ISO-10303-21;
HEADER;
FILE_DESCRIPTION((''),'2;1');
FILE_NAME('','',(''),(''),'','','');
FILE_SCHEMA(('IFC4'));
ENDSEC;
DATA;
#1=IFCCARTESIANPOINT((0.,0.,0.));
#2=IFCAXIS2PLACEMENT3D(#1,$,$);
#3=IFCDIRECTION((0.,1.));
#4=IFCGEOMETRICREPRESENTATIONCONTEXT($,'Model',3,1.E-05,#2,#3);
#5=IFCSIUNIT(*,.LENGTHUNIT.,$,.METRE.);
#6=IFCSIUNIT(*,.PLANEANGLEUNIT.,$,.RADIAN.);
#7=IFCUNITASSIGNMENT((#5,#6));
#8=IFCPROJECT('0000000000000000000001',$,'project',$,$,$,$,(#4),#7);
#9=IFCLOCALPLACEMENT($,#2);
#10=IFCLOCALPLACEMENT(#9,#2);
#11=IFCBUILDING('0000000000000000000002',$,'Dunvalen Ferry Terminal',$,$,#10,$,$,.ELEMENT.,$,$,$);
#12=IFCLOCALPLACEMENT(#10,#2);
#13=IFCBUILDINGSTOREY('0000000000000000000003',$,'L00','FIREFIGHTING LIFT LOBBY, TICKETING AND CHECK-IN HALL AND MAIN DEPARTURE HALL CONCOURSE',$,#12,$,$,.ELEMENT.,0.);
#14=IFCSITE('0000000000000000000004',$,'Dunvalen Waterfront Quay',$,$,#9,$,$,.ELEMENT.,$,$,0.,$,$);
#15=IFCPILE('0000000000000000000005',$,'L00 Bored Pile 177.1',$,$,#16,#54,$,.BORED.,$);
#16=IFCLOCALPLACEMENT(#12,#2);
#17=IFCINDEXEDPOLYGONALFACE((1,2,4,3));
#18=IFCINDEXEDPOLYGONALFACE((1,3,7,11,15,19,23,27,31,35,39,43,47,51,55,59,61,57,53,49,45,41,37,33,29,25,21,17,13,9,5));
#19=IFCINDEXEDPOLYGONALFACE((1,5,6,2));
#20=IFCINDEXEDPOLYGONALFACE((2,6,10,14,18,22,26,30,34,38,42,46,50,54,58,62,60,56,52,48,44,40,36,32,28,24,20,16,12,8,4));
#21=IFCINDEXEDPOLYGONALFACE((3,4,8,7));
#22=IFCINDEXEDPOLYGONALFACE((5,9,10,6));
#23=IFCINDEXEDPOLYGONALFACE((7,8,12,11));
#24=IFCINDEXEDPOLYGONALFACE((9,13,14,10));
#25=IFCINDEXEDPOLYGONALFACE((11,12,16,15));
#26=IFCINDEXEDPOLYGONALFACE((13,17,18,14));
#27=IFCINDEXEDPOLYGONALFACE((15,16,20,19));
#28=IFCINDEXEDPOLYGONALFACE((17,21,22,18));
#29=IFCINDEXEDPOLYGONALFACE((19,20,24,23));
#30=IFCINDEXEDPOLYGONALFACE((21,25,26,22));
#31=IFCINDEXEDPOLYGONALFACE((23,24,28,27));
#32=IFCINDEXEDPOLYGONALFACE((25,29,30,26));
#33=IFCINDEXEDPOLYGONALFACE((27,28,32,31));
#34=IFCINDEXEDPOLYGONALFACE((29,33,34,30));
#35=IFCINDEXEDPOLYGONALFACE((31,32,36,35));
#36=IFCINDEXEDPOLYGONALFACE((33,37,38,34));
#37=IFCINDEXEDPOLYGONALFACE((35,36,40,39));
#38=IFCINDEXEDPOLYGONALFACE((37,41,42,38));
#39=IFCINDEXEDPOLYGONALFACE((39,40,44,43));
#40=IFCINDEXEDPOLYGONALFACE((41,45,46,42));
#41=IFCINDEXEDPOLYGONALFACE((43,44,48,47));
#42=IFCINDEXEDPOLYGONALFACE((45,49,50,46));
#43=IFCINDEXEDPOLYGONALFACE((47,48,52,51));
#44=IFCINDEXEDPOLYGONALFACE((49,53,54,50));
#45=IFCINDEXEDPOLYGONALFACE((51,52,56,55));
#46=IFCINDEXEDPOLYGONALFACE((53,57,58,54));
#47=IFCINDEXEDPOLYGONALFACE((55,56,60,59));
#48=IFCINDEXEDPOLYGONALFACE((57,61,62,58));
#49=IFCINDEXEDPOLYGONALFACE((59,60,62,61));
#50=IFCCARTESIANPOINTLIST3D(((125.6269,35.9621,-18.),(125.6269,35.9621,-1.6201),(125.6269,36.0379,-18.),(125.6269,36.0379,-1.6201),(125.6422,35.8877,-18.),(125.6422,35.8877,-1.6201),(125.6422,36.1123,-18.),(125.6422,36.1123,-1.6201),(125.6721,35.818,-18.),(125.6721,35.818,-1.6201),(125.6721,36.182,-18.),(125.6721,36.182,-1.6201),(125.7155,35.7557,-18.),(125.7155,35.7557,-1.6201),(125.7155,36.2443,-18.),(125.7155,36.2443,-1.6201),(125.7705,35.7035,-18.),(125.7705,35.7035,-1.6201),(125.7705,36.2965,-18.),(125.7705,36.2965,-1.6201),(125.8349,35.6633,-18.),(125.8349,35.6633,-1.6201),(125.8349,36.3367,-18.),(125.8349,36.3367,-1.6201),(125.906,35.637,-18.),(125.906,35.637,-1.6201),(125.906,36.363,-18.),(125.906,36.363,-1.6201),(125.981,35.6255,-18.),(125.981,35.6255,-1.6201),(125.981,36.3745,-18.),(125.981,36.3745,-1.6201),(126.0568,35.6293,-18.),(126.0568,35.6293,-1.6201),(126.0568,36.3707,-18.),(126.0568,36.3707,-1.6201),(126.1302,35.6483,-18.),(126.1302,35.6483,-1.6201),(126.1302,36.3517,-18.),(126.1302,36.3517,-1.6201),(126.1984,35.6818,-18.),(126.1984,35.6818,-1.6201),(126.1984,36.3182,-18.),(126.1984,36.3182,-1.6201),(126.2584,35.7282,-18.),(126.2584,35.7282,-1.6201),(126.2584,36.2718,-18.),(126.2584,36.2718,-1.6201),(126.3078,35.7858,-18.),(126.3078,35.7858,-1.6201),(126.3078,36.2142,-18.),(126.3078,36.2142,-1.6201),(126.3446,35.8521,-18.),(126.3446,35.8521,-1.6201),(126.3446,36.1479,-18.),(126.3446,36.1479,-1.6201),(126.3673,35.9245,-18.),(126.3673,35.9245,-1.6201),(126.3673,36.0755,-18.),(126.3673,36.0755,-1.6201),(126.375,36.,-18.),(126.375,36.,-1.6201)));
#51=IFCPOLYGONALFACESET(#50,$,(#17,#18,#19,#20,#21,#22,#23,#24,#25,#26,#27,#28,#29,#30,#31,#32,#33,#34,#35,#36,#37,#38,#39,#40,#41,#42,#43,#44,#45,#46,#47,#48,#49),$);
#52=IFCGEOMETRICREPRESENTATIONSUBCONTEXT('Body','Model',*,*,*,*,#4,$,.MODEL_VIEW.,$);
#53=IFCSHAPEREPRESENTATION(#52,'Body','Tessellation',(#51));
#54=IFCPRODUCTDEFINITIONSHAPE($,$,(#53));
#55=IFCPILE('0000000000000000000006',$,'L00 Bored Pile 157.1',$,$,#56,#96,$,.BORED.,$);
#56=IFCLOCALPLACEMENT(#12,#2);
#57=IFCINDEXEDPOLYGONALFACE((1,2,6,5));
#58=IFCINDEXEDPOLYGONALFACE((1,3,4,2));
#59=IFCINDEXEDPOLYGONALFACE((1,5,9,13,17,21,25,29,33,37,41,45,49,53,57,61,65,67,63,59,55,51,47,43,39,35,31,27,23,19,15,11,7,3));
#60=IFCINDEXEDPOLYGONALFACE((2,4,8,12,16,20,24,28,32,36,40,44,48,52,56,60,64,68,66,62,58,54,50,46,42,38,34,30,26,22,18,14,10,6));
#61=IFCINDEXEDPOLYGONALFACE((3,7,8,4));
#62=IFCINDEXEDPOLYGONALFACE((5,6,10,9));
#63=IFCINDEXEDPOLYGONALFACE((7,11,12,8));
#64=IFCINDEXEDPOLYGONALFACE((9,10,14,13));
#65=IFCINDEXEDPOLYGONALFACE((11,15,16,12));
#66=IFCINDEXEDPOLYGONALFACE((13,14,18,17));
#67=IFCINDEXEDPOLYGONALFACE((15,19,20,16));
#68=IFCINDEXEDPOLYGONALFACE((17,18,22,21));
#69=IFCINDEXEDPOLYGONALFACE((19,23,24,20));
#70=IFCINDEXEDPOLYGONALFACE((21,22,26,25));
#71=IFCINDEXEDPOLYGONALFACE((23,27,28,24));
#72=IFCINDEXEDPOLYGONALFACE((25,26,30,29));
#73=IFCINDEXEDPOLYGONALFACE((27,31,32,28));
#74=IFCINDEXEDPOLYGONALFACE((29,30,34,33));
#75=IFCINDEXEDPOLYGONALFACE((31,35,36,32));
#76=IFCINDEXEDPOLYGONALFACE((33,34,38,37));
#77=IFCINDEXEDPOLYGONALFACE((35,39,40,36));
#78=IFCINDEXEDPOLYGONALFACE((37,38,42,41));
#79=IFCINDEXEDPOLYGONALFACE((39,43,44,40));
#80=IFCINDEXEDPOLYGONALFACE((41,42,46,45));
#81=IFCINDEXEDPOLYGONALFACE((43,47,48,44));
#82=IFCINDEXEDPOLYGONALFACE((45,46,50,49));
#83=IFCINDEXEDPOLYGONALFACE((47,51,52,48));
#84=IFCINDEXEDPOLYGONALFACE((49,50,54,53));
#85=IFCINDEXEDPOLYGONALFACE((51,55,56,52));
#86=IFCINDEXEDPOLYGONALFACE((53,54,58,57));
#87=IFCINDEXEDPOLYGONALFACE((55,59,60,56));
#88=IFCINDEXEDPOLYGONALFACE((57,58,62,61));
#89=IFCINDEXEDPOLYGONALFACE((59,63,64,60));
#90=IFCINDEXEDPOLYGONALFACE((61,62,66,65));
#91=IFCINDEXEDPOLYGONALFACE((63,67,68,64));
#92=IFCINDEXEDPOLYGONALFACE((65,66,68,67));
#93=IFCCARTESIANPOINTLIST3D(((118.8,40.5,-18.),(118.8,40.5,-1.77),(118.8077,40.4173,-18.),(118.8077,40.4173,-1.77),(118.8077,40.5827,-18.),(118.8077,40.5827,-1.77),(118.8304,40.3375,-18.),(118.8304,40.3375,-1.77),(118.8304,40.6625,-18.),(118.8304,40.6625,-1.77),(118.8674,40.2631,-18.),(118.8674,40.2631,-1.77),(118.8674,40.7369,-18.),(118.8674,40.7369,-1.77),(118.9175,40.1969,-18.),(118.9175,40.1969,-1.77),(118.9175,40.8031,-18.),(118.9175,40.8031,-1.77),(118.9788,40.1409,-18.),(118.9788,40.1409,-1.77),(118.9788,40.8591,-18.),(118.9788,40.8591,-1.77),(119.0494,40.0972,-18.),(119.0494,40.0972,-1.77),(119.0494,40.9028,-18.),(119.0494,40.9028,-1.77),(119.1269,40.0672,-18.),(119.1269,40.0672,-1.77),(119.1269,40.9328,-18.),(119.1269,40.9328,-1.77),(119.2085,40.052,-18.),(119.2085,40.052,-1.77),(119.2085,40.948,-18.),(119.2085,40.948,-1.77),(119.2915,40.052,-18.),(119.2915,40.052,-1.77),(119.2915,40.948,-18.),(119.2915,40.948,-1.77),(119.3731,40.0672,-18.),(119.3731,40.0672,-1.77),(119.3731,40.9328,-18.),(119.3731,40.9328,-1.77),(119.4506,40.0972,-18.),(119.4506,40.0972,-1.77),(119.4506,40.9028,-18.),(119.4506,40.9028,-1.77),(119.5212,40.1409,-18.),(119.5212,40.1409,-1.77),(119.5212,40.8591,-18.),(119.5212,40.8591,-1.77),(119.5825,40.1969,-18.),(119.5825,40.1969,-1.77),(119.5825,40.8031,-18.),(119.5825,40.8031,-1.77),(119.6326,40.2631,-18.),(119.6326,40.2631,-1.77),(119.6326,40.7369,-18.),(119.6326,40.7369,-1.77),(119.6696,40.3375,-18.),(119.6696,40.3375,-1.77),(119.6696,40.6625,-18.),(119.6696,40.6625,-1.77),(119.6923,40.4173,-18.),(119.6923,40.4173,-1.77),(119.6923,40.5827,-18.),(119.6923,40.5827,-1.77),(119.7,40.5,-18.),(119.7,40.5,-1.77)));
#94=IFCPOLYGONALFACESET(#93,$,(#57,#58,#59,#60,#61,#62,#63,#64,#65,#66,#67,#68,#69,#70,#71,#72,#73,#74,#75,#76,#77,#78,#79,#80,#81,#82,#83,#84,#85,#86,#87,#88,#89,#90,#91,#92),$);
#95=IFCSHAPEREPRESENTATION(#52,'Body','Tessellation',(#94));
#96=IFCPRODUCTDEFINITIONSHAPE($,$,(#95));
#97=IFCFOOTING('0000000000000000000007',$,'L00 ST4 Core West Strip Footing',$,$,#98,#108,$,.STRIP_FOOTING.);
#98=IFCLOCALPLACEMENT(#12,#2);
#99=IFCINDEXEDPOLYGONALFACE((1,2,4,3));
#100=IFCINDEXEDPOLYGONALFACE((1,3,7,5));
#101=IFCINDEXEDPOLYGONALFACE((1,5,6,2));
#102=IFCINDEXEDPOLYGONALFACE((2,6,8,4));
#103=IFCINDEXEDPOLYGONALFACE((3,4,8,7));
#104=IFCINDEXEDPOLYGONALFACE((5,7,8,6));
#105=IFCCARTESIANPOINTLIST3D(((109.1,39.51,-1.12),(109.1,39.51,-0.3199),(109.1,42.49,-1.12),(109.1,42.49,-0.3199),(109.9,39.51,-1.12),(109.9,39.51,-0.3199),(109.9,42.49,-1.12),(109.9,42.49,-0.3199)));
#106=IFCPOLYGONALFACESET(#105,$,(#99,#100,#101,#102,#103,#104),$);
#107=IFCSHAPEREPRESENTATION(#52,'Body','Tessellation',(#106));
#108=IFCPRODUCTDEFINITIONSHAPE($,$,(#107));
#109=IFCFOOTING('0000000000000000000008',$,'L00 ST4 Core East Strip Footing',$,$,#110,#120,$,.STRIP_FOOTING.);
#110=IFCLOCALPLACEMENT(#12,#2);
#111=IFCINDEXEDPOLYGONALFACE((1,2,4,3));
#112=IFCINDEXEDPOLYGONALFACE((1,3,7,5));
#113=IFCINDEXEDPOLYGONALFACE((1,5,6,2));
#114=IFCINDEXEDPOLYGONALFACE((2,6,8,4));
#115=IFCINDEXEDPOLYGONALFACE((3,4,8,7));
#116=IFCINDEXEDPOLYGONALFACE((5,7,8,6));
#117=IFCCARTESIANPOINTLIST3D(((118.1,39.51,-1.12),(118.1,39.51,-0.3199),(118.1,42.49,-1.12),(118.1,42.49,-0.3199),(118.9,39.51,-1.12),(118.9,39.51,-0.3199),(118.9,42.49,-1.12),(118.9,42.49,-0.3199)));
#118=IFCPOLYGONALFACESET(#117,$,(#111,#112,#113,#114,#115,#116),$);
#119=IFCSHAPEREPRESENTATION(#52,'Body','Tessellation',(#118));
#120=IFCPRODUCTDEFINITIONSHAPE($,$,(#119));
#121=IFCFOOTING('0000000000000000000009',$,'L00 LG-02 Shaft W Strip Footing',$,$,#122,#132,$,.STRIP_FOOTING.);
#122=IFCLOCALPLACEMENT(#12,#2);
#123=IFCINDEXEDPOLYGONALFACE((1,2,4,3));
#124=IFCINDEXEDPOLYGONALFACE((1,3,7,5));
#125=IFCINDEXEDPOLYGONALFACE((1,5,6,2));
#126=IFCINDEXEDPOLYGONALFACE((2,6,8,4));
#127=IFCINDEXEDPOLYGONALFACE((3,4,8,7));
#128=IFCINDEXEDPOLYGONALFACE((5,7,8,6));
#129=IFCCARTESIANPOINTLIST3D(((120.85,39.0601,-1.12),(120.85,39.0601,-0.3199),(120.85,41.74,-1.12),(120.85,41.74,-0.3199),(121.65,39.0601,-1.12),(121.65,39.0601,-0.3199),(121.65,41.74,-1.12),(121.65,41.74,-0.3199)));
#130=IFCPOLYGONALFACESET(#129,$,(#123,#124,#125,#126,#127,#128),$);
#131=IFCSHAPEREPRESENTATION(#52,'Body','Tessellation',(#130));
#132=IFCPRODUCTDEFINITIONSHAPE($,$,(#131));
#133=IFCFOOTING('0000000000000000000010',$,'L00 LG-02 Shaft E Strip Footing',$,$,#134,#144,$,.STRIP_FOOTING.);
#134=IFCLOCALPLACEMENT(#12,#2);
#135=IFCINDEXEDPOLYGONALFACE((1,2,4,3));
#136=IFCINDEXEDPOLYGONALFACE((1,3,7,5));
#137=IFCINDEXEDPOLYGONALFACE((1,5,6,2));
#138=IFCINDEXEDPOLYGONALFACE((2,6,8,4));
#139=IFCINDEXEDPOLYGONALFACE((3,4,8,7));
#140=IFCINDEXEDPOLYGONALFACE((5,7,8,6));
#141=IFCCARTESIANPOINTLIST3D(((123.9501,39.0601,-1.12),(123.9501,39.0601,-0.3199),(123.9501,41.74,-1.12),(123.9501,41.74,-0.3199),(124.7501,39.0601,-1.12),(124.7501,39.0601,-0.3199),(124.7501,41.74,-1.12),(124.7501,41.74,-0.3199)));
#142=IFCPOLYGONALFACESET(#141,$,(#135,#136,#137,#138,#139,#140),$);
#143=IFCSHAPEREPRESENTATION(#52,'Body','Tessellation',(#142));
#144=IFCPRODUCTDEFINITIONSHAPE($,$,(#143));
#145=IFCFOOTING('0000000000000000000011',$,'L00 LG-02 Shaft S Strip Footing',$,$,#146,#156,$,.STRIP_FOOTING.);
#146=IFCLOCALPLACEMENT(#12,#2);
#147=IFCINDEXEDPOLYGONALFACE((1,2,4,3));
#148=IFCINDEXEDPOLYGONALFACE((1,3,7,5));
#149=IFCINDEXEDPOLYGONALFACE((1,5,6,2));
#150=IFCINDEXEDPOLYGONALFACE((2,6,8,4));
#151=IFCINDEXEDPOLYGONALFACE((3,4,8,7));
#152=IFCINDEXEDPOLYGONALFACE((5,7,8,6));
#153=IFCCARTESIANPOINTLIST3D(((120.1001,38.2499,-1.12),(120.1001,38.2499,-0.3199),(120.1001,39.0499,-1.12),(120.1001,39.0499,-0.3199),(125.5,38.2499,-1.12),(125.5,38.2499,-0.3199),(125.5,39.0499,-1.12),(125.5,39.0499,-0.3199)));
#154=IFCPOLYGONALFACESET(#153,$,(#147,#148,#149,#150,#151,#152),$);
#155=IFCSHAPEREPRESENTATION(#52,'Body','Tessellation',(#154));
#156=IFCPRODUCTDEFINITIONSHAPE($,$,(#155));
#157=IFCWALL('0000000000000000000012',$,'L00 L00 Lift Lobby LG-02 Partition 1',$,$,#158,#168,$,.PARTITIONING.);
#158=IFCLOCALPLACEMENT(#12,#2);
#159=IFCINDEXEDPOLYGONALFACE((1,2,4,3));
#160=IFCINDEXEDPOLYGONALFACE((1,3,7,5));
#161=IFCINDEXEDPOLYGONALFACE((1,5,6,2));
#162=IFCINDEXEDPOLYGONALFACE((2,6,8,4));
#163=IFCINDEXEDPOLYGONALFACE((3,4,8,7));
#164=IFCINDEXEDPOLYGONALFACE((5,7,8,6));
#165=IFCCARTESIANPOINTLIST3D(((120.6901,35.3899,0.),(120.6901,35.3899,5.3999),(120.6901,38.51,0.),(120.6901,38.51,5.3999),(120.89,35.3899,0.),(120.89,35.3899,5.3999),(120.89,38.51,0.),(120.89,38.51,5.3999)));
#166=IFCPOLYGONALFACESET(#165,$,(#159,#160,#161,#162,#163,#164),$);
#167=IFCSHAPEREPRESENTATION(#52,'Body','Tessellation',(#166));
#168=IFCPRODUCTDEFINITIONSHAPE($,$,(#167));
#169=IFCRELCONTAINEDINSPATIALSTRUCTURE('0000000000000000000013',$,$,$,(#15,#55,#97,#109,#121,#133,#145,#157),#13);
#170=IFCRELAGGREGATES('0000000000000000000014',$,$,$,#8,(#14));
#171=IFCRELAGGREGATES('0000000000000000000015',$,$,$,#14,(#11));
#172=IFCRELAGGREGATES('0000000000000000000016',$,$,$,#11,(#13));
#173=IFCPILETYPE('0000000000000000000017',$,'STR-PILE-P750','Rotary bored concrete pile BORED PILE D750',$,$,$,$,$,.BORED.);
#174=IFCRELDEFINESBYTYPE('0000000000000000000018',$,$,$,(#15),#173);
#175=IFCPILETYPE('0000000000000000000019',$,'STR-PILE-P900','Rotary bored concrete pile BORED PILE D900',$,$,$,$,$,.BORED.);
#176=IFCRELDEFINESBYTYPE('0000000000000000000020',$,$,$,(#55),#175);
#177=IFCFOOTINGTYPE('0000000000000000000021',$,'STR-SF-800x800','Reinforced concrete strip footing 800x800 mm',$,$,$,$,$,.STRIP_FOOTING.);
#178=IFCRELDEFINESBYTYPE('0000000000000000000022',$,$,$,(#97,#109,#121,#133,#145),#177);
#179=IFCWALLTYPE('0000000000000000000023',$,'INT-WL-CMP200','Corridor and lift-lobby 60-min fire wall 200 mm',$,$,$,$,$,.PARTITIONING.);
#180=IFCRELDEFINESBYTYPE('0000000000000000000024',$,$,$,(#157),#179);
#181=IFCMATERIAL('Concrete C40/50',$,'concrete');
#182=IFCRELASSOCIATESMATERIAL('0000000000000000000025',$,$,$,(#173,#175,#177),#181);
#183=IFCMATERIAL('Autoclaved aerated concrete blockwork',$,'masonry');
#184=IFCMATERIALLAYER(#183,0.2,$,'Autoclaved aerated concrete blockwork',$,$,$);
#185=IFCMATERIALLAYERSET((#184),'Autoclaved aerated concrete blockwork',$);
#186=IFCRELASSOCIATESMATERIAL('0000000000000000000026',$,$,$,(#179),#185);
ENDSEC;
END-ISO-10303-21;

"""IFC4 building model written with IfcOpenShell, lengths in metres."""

from ifc_helpers import new_model, si_unit, direction, frame, frame_2d, origin, origin_2d, place, context, subcontext, project, spatial, rectangle, circle, extrude, material, layer, layer_set, material_profile, profile_set, type_object, element, save


model = new_model("IFC4")

# Units and contexts
model_context = context("Model", 3, precision=1e-05, world=origin(), true_north=direction((0.0, 1.0)))
body_context = subcontext(model_context, "Body", "Model", "MODEL_VIEW")
ifc_project = project(units=[si_unit("LENGTHUNIT", "METRE"), si_unit("PLANEANGLEUNIT", "RADIAN")], contexts=[model_context])

# Site, building, storey
site_placement = place(None, origin())
site = spatial("IfcSite", under=ifc_project, at=site_placement, Name="Dunvalen Waterfront Quay", CompositionType="ELEMENT", RefElevation=0.0)
building_placement = place(site_placement, origin())
building = spatial("IfcBuilding", under=site, at=building_placement, Name="Dunvalen Ferry Terminal", CompositionType="ELEMENT")
storey_placement = place(building_placement, origin())
storey = spatial("IfcBuildingStorey", under=building, at=storey_placement, Name="L00", Description="FIREFIGHTING LIFT LOBBY, TICKETING AND CHECK-IN HALL AND MAIN DEPARTURE HALL CONCOURSE", CompositionType="ELEMENT", Elevation=0.0)

# Shared definitions
ifc_material_1 = material(Name="Concrete C40/50", Category="concrete")

# Piles
ifc_material_profile_1 = material_profile(ifc_material_1, circle(Radius=0.375, at=origin_2d()), Name="Concrete C40/50")
ifc_profile_set_1 = profile_set([ifc_material_profile_1], Name="Concrete C40/50")
pile_type_1 = type_object("IfcPileType", Name="STR-PILE-P750", Description="Rotary bored concrete pile BORED PILE D750", PredefinedType="BORED", material=ifc_profile_set_1)
pile_1_placement = place(storey_placement, frame((126.0, 36.0, -1.6201), z_axis=(0.0, 0.0, -1.0), x_axis=(1.0, 0.0, 0.0)))
element("IfcPile", 1, at=pile_1_placement, inside=storey, type_object=pile_type_1, Name="L00 Bored Pile 177.1", PredefinedType="BORED", context=body_context, shape_type="SweptSolid", body=[
    extrude(circle(Radius=0.375, at=origin_2d()), origin(), (0.0, 0.0, 1.0), 16.3799),
])
ifc_material_profile_2 = material_profile(ifc_material_1, circle(Radius=0.45, at=origin_2d()), Name="Concrete C40/50")
ifc_profile_set_2 = profile_set([ifc_material_profile_2], Name="Concrete C40/50")
pile_type_2 = type_object("IfcPileType", Name="STR-PILE-P900", Description="Rotary bored concrete pile BORED PILE D900", PredefinedType="BORED", material=ifc_profile_set_2)
pile_2_placement = place(storey_placement, frame((119.25, 40.5, -1.77), z_axis=(0.0, 0.0, -1.0), x_axis=(1.0, 0.0, 0.0)))
element("IfcPile", 2, at=pile_2_placement, inside=storey, type_object=pile_type_2, Name="L00 Bored Pile 157.1", PredefinedType="BORED", context=body_context, shape_type="SweptSolid", body=[
    extrude(circle(Radius=0.45, at=origin_2d()), origin(), (0.0, 0.0, 1.0), 16.23),
])

# Footings
ifc_material_profile_3 = material_profile(ifc_material_1, rectangle(XDim=0.8, YDim=0.8, at=origin_2d()), Name="Concrete C40/50")
ifc_profile_set_3 = profile_set([ifc_material_profile_3], Name="Concrete C40/50")
footing_type_1 = type_object("IfcFootingType", Name="STR-SF-800x800", Description="Reinforced concrete strip footing 800x800 mm", PredefinedType="STRIP_FOOTING", material=ifc_profile_set_3)
for number, where, z_axis, x_axis, name in (
    (3, (109.5, 39.51, -0.72), (0.0, 1.0, 0.0), (-1.0, 0.0, 0.0), "L00 ST4 Core West Strip Footing"),
    (4, (118.5, 39.51, -0.72), (0.0, 1.0, 0.0), (-1.0, 0.0, 0.0), "L00 ST4 Core East Strip Footing"),
):
    element("IfcFooting", number, at=place(storey_placement, frame(where, z_axis=z_axis, x_axis=x_axis)), inside=storey, type_object=footing_type_1, Name=name, PredefinedType="STRIP_FOOTING", context=body_context, shape_type="SweptSolid", body=[
        extrude(rectangle(XDim=0.8, YDim=0.8, at=origin_2d()), origin(), (0.0, 0.0, 1.0), 2.98),
    ])
for number, where, z_axis, x_axis, name in (
    (5, (121.25, 39.0601, -0.72), (0.0, 1.0, 0.0), (-1.0, 0.0, 0.0), "L00 LG-02 Shaft W Strip Footing"),
    (6, (124.3501, 39.0601, -0.72), (0.0, 1.0, 0.0), (-1.0, 0.0, 0.0), "L00 LG-02 Shaft E Strip Footing"),
):
    element("IfcFooting", number, at=place(storey_placement, frame(where, z_axis=z_axis, x_axis=x_axis)), inside=storey, type_object=footing_type_1, Name=name, PredefinedType="STRIP_FOOTING", context=body_context, shape_type="SweptSolid", body=[
        extrude(rectangle(XDim=0.8, YDim=0.8, at=origin_2d()), origin(), (0.0, 0.0, 1.0), 2.6799),
    ])
footing_1_placement = place(storey_placement, frame((120.1001, 38.6499, -0.72), z_axis=(1.0, 0.0, 0.0), x_axis=(0.0, 1.0, 0.0)))
element("IfcFooting", 7, at=footing_1_placement, inside=storey, type_object=footing_type_1, Name="L00 LG-02 Shaft S Strip Footing", PredefinedType="STRIP_FOOTING", context=body_context, shape_type="SweptSolid", body=[
    extrude(rectangle(XDim=0.8, YDim=0.8, at=origin_2d()), origin(), (0.0, 0.0, 1.0), 5.3999),
])

# Wall
ifc_material_2 = material(Name="Autoclaved aerated concrete blockwork", Category="masonry")
ifc_layer_1 = layer(ifc_material_2, 0.2, Name="Autoclaved aerated concrete blockwork")
ifc_layer_set_1 = layer_set([ifc_layer_1], Name="Autoclaved aerated concrete blockwork")
wall_type_1 = type_object("IfcWallType", Name="INT-WL-CMP200", Description="Corridor and lift-lobby 60-min fire wall 200 mm", PredefinedType="PARTITIONING", material=ifc_layer_set_1)
wall_1_placement = place(storey_placement, frame((120.79, 38.51, 0.0), z_axis=(0.0, 0.0, 1.0), x_axis=(0.0, -1.0, 0.0)))
element("IfcWall", 8, at=wall_1_placement, inside=storey, type_object=wall_type_1, Name="L00 L00 Lift Lobby LG-02 Partition 1", PredefinedType="PARTITIONING", context=body_context, shape_type="SweptSolid", body=[
    extrude(rectangle(XDim=3.1201, YDim=0.2, at=frame_2d((1.5601, 0.0))), origin(), (0.0, 0.0, 1.0), 5.3999),
])

save(model, "model.ifc")
